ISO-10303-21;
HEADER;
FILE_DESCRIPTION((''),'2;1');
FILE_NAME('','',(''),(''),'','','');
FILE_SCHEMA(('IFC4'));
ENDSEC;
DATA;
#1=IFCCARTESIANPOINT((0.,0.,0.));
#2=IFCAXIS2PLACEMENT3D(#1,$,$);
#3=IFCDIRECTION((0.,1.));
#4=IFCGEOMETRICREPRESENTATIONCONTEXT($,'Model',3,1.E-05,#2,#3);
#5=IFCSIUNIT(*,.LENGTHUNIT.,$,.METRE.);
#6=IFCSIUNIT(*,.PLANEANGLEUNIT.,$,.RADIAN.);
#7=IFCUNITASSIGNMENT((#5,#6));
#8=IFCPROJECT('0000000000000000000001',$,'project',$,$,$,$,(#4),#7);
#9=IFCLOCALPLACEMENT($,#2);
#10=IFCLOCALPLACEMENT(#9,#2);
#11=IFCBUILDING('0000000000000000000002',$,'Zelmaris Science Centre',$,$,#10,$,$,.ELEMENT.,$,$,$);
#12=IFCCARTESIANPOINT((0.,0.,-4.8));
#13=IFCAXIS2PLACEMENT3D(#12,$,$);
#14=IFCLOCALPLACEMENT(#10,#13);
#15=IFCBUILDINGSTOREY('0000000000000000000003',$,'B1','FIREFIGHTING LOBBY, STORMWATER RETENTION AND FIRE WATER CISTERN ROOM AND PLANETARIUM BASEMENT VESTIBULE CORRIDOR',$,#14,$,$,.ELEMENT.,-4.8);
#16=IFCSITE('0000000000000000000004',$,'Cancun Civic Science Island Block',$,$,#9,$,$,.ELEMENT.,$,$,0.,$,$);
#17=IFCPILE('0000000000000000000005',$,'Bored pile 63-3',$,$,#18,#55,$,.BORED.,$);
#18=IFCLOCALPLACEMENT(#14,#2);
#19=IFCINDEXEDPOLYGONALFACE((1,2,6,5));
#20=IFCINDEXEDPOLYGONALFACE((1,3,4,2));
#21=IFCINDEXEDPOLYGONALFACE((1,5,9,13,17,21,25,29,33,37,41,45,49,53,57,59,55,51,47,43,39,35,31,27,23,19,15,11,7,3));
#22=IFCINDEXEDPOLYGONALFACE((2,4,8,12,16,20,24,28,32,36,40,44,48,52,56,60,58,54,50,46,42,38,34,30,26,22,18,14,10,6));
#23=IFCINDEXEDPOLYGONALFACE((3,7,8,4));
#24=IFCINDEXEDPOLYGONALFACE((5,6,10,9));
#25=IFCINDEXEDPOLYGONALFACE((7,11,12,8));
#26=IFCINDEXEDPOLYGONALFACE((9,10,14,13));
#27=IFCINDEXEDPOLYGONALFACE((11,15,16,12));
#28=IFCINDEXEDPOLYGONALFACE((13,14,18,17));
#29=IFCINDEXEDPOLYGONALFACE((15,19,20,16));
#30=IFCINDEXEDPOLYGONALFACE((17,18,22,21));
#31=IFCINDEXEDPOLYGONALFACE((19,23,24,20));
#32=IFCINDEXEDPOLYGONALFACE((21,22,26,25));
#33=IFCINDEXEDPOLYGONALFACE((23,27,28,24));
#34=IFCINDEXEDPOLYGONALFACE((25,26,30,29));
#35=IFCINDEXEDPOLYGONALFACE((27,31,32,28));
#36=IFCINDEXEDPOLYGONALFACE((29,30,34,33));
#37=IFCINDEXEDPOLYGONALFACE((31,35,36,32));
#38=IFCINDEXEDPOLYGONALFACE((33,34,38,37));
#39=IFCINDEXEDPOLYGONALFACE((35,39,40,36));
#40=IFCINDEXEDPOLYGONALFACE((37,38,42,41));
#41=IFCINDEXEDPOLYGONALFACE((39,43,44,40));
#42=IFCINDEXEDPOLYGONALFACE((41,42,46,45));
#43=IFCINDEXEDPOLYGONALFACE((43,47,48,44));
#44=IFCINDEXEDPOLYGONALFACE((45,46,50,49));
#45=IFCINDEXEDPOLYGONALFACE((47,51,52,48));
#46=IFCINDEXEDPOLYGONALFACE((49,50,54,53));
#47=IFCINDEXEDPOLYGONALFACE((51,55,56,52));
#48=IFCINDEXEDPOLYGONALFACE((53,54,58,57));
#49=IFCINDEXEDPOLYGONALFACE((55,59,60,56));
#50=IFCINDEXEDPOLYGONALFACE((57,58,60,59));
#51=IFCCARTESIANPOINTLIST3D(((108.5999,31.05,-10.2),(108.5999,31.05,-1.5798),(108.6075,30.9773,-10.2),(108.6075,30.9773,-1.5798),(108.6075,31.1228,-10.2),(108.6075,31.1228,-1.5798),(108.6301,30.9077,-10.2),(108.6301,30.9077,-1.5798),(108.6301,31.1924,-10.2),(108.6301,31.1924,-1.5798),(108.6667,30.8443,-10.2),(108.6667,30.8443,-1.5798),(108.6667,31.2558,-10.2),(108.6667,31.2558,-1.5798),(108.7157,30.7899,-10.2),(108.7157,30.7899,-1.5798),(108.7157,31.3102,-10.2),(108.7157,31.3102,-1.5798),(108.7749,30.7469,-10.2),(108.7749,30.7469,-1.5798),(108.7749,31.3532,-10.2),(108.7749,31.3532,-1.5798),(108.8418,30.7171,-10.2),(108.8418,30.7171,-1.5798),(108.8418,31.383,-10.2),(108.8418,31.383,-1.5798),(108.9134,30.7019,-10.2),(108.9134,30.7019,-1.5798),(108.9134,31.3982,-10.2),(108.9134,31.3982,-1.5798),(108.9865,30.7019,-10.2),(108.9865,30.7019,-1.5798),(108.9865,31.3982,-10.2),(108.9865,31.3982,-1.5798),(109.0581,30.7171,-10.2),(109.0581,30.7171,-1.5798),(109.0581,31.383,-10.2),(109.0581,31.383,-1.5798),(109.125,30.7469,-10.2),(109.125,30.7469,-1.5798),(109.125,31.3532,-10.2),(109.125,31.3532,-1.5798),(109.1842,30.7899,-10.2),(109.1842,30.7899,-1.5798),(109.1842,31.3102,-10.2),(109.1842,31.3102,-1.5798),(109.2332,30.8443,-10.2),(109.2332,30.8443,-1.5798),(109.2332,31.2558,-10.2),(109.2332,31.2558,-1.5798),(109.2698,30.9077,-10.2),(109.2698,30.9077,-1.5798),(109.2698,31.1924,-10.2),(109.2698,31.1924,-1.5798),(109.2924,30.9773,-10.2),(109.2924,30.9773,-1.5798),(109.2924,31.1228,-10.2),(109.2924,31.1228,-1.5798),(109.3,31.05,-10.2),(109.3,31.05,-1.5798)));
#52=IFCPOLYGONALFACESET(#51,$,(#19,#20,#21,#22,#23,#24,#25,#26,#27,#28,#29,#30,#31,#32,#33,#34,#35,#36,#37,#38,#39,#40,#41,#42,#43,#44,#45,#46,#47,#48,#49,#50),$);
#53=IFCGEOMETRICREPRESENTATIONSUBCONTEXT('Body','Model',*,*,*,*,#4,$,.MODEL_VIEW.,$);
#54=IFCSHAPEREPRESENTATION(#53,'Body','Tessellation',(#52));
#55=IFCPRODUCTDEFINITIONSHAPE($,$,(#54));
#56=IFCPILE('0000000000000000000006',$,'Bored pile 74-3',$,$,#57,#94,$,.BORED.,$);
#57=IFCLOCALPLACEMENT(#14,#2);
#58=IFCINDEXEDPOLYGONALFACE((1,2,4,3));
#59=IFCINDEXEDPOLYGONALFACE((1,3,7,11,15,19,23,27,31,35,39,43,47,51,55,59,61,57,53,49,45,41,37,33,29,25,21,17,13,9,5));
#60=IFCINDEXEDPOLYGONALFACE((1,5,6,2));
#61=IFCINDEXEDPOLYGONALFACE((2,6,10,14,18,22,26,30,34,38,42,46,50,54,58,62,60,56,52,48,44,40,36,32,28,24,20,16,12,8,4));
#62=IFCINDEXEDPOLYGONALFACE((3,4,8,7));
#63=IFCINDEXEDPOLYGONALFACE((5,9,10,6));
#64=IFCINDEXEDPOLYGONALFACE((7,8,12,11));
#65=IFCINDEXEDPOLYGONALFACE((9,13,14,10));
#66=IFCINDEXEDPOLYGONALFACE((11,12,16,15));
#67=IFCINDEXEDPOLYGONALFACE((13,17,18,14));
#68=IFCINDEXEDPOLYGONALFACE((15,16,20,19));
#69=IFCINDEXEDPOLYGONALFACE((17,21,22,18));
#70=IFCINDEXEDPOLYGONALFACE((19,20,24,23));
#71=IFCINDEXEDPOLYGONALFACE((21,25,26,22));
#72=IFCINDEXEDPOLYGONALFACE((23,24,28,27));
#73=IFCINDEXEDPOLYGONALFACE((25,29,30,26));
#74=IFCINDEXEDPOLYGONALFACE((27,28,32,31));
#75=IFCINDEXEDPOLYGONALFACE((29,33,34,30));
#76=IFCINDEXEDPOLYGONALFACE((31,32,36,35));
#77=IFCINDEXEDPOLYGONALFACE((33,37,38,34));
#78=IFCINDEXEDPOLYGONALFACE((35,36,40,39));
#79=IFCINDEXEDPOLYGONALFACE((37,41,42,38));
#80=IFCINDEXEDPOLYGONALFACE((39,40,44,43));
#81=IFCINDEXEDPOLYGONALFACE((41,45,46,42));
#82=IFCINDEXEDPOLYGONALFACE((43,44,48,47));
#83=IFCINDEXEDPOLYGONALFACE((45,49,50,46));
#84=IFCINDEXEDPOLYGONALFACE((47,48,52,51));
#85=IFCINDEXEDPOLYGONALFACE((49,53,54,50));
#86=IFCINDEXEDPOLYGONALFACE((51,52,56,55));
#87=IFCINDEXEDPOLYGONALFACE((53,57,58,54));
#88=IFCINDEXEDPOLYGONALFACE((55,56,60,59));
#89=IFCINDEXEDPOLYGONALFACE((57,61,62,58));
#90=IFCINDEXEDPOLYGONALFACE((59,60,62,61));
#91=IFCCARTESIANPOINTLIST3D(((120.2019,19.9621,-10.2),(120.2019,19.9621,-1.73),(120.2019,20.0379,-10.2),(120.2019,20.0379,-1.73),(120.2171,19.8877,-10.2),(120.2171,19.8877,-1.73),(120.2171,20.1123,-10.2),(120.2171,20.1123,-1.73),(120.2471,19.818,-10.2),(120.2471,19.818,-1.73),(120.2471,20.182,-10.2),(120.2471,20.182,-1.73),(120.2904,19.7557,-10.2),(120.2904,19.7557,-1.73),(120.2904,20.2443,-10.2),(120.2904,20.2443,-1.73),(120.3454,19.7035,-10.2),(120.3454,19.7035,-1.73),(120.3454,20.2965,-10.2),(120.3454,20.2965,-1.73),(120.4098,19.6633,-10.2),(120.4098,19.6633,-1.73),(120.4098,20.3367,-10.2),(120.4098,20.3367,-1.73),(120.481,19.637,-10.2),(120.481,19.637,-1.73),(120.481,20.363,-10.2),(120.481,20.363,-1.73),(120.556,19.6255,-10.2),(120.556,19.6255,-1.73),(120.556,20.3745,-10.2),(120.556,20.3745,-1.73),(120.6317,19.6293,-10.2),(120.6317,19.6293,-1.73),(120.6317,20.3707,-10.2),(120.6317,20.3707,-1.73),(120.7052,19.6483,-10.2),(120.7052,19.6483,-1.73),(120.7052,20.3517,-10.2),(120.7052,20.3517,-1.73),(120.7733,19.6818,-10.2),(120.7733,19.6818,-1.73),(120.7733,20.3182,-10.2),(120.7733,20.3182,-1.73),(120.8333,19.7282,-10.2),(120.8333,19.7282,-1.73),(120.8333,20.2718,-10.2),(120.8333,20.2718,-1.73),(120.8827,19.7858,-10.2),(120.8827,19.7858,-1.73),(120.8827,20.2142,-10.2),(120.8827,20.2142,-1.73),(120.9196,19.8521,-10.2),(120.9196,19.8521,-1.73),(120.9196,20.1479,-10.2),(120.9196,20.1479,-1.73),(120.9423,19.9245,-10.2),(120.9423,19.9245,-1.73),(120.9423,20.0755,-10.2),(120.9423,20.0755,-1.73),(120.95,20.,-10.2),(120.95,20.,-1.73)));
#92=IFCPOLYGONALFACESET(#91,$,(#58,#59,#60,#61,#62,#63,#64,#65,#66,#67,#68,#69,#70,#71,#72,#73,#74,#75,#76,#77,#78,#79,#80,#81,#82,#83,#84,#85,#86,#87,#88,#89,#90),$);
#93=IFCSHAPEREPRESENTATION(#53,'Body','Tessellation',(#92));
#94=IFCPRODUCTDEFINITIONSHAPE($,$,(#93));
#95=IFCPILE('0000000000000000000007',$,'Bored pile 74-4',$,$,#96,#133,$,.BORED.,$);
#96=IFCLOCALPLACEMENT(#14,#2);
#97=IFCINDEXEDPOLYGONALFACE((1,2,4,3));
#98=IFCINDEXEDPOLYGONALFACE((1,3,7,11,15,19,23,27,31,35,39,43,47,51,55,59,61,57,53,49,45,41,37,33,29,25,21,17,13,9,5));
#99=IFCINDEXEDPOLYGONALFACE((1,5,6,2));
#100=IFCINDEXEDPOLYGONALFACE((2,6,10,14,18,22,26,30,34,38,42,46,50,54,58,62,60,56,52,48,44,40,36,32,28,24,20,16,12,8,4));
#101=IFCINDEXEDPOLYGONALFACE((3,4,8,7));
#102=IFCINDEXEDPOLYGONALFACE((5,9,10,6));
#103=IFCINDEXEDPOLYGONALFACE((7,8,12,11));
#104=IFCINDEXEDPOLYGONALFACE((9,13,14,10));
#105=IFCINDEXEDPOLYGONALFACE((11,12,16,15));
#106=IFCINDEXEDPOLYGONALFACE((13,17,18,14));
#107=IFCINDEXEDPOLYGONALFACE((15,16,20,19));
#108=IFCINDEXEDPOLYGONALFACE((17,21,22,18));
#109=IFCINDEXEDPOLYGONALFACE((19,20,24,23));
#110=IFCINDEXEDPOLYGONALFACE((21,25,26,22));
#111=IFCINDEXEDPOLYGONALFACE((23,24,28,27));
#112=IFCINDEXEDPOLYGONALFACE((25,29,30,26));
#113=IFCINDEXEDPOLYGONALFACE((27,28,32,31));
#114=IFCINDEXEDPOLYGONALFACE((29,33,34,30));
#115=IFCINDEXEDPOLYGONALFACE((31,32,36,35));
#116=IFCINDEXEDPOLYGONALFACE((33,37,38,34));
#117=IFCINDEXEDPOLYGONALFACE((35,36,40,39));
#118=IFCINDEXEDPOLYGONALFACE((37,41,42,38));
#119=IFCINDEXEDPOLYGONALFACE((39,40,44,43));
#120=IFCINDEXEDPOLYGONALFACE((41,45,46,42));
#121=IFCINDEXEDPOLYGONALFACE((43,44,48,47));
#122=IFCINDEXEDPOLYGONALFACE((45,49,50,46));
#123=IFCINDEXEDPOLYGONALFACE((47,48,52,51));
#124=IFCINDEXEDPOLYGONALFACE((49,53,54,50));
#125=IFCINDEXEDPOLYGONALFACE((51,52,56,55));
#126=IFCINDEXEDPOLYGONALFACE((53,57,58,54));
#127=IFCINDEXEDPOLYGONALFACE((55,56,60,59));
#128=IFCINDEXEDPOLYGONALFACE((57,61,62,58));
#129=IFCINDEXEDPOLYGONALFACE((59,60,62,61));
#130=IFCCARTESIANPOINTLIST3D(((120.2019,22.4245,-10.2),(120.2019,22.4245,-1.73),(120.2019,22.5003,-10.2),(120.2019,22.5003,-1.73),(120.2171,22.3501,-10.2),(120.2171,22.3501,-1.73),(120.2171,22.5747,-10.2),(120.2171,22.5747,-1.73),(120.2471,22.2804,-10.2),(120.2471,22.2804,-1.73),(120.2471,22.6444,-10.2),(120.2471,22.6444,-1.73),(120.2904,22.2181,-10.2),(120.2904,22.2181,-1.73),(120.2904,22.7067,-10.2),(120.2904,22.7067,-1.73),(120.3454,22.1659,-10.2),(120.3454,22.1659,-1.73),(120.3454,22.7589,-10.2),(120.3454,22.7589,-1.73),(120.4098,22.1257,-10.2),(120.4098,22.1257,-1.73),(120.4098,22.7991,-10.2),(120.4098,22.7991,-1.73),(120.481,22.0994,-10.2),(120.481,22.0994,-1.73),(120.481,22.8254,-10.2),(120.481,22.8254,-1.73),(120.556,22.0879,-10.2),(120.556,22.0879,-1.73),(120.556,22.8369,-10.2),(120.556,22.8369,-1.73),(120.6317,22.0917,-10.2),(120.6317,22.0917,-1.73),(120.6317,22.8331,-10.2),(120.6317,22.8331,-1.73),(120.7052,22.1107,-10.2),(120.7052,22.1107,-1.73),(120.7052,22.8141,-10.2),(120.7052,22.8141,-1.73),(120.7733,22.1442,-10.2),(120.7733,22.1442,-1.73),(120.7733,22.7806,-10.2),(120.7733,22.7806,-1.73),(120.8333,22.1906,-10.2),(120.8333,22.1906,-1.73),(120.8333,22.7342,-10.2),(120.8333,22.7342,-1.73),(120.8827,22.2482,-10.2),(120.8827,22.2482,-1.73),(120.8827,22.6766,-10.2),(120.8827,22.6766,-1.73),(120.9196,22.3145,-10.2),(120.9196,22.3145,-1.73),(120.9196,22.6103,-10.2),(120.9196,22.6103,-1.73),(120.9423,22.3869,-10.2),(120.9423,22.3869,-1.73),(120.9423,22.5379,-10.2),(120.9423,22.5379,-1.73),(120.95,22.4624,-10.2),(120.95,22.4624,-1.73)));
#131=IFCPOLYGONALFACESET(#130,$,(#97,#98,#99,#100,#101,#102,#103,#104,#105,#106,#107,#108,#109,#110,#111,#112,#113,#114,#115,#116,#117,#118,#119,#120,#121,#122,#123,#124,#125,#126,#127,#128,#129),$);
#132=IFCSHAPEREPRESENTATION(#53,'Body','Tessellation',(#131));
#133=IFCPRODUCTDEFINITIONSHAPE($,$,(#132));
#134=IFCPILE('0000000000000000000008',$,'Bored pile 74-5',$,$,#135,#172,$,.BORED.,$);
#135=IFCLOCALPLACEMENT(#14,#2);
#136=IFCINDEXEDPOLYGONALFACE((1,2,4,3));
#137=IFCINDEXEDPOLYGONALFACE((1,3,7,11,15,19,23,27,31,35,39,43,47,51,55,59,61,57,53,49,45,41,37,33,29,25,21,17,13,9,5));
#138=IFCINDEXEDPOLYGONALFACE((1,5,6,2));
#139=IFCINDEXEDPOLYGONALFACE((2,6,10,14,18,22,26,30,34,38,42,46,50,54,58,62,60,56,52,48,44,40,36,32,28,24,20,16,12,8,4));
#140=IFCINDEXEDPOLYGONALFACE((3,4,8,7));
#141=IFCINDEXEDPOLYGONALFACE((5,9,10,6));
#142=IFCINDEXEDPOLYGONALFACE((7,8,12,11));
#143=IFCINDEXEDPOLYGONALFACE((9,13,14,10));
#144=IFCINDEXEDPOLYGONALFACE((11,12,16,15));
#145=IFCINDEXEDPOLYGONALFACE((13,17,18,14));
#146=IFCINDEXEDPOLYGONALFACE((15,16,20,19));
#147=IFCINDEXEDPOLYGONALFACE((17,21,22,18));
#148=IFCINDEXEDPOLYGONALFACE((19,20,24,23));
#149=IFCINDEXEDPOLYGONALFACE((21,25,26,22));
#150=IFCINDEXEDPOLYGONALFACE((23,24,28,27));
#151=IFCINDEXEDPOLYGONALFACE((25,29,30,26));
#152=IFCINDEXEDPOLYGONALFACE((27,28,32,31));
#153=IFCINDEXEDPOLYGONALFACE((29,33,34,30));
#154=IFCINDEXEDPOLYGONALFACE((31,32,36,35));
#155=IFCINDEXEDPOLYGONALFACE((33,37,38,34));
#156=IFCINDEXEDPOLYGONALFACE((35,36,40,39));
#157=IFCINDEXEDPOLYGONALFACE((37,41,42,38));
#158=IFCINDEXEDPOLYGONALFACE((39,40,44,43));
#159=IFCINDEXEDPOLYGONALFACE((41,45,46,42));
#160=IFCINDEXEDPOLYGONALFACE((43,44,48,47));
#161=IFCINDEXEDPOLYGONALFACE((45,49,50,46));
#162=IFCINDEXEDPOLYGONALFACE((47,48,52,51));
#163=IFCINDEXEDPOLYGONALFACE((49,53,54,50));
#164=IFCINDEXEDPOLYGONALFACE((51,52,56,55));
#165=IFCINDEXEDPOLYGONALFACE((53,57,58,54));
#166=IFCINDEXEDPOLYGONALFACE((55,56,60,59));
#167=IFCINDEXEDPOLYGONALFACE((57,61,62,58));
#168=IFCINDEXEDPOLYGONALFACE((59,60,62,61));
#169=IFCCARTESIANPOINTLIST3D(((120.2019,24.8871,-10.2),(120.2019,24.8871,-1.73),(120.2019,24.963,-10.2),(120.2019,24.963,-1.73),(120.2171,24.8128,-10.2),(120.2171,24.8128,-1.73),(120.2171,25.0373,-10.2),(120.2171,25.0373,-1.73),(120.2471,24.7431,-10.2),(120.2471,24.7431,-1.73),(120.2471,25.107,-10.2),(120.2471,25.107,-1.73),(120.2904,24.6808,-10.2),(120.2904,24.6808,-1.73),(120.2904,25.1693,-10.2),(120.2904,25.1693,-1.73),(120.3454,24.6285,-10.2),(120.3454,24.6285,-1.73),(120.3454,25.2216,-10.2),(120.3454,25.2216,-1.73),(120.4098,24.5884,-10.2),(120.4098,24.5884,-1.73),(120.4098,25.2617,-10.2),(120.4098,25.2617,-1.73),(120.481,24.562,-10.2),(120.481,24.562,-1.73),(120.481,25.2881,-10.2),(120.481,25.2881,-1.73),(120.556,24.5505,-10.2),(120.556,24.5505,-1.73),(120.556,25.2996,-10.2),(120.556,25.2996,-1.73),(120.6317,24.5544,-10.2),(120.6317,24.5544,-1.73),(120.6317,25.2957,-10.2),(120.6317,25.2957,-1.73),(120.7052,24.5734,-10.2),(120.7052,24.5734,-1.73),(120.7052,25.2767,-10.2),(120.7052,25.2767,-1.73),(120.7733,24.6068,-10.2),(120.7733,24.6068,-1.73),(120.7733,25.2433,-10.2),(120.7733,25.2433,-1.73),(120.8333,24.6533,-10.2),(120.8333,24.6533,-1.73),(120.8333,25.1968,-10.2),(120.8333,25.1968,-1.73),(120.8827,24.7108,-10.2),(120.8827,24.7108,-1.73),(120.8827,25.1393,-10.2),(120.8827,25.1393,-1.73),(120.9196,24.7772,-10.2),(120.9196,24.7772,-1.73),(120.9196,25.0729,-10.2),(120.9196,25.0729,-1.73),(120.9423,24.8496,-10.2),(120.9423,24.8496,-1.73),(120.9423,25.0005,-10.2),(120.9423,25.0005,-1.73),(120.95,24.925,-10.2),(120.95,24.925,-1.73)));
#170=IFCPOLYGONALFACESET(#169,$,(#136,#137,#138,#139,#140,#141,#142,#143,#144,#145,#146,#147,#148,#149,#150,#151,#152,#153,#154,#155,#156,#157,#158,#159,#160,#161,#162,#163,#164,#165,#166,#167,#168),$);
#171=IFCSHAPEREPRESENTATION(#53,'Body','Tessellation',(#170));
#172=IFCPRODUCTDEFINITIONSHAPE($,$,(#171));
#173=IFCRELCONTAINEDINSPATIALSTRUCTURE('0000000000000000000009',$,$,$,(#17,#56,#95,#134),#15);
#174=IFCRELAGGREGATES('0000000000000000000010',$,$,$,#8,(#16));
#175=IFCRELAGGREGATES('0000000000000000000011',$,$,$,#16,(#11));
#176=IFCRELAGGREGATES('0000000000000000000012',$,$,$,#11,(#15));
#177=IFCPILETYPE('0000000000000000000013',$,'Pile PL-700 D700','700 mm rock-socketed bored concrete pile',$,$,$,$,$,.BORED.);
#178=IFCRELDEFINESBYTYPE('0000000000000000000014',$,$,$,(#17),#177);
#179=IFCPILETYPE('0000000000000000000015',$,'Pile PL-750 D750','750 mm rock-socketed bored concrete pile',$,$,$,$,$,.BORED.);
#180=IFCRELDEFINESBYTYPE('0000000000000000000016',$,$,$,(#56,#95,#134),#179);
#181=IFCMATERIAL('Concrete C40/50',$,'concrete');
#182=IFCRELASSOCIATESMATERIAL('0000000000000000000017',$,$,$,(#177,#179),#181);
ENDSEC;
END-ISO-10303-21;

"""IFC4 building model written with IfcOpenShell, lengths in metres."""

from ifc_helpers import new_model, si_unit, direction, frame, origin, origin_2d, place, context, subcontext, project, spatial, circle, extrude, material, material_profile, profile_set, type_object, element, save


model = new_model("IFC4")

# Units and contexts
model_context = context("Model", 3, precision=1e-05, world=origin(), true_north=direction((0.0, 1.0)))
body_context = subcontext(model_context, "Body", "Model", "MODEL_VIEW")
ifc_project = project(units=[si_unit("LENGTHUNIT", "METRE"), si_unit("PLANEANGLEUNIT", "RADIAN")], contexts=[model_context])

# Site, building, storey
site_placement = place(None, origin())
site = spatial("IfcSite", under=ifc_project, at=site_placement, Name="Cancun Civic Science Island Block", CompositionType="ELEMENT", RefElevation=0.0)
building_placement = place(site_placement, origin())
building = spatial("IfcBuilding", under=site, at=building_placement, Name="Zelmaris Science Centre", CompositionType="ELEMENT")
storey_placement = place(building_placement, frame((0.0, 0.0, -4.8)))
storey = spatial("IfcBuildingStorey", under=building, at=storey_placement, Name="B1", Description="FIREFIGHTING LOBBY, STORMWATER RETENTION AND FIRE WATER CISTERN ROOM AND PLANETARIUM BASEMENT VESTIBULE CORRIDOR", CompositionType="ELEMENT", Elevation=-4.8)

# Shared definitions
ifc_material_1 = material(Name="Concrete C40/50", Category="concrete")

# Piles
ifc_material_profile_1 = material_profile(ifc_material_1, circle(Radius=0.3501, at=origin_2d()), Name="PILE-700")
ifc_profile_set_1 = profile_set([ifc_material_profile_1], Name="Concrete C40/50")
pile_type_1 = type_object("IfcPileType", Name="Pile PL-700 D700", Description="700 mm rock-socketed bored concrete pile", PredefinedType="BORED", material=ifc_profile_set_1)
pile_1_placement = place(storey_placement, frame((108.95, 31.05, -1.5798), z_axis=(0.0, 0.0, -1.0), x_axis=(1.0, 0.0, 0.0)))
element("IfcPile", 1, at=pile_1_placement, inside=storey, type_object=pile_type_1, Name="Bored pile 63-3", PredefinedType="BORED", context=body_context, shape_type="SweptSolid", body=[
    extrude(circle(Radius=0.3501, at=origin_2d()), origin(), (0.0, 0.0, 1.0), 8.6201),
])
ifc_material_profile_2 = material_profile(ifc_material_1, circle(Radius=0.375, at=origin_2d()), Name="PILE-750")
ifc_profile_set_2 = profile_set([ifc_material_profile_2], Name="Concrete C40/50")
pile_type_2 = type_object("IfcPileType", Name="Pile PL-750 D750", Description="750 mm rock-socketed bored concrete pile", PredefinedType="BORED", material=ifc_profile_set_2)
for number, where, z_axis, x_axis, name in (
    (2, (120.575, 20.0, -1.73), (0.0, 0.0, -1.0), (1.0, 0.0, 0.0), "Bored pile 74-3"),
    (3, (120.575, 22.4624, -1.73), (0.0, 0.0, -1.0), (1.0, 0.0, 0.0), "Bored pile 74-4"),
    (4, (120.575, 24.925, -1.73), (0.0, 0.0, -1.0), (1.0, 0.0, 0.0), "Bored pile 74-5"),
):
    element("IfcPile", number, at=place(storey_placement, frame(where, z_axis=z_axis, x_axis=x_axis)), inside=storey, type_object=pile_type_2, Name=name, PredefinedType="BORED", context=body_context, shape_type="SweptSolid", body=[
        extrude(circle(Radius=0.375, at=origin_2d()), origin(), (0.0, 0.0, 1.0), 8.47),
    ])

save(model, "model.ifc")
